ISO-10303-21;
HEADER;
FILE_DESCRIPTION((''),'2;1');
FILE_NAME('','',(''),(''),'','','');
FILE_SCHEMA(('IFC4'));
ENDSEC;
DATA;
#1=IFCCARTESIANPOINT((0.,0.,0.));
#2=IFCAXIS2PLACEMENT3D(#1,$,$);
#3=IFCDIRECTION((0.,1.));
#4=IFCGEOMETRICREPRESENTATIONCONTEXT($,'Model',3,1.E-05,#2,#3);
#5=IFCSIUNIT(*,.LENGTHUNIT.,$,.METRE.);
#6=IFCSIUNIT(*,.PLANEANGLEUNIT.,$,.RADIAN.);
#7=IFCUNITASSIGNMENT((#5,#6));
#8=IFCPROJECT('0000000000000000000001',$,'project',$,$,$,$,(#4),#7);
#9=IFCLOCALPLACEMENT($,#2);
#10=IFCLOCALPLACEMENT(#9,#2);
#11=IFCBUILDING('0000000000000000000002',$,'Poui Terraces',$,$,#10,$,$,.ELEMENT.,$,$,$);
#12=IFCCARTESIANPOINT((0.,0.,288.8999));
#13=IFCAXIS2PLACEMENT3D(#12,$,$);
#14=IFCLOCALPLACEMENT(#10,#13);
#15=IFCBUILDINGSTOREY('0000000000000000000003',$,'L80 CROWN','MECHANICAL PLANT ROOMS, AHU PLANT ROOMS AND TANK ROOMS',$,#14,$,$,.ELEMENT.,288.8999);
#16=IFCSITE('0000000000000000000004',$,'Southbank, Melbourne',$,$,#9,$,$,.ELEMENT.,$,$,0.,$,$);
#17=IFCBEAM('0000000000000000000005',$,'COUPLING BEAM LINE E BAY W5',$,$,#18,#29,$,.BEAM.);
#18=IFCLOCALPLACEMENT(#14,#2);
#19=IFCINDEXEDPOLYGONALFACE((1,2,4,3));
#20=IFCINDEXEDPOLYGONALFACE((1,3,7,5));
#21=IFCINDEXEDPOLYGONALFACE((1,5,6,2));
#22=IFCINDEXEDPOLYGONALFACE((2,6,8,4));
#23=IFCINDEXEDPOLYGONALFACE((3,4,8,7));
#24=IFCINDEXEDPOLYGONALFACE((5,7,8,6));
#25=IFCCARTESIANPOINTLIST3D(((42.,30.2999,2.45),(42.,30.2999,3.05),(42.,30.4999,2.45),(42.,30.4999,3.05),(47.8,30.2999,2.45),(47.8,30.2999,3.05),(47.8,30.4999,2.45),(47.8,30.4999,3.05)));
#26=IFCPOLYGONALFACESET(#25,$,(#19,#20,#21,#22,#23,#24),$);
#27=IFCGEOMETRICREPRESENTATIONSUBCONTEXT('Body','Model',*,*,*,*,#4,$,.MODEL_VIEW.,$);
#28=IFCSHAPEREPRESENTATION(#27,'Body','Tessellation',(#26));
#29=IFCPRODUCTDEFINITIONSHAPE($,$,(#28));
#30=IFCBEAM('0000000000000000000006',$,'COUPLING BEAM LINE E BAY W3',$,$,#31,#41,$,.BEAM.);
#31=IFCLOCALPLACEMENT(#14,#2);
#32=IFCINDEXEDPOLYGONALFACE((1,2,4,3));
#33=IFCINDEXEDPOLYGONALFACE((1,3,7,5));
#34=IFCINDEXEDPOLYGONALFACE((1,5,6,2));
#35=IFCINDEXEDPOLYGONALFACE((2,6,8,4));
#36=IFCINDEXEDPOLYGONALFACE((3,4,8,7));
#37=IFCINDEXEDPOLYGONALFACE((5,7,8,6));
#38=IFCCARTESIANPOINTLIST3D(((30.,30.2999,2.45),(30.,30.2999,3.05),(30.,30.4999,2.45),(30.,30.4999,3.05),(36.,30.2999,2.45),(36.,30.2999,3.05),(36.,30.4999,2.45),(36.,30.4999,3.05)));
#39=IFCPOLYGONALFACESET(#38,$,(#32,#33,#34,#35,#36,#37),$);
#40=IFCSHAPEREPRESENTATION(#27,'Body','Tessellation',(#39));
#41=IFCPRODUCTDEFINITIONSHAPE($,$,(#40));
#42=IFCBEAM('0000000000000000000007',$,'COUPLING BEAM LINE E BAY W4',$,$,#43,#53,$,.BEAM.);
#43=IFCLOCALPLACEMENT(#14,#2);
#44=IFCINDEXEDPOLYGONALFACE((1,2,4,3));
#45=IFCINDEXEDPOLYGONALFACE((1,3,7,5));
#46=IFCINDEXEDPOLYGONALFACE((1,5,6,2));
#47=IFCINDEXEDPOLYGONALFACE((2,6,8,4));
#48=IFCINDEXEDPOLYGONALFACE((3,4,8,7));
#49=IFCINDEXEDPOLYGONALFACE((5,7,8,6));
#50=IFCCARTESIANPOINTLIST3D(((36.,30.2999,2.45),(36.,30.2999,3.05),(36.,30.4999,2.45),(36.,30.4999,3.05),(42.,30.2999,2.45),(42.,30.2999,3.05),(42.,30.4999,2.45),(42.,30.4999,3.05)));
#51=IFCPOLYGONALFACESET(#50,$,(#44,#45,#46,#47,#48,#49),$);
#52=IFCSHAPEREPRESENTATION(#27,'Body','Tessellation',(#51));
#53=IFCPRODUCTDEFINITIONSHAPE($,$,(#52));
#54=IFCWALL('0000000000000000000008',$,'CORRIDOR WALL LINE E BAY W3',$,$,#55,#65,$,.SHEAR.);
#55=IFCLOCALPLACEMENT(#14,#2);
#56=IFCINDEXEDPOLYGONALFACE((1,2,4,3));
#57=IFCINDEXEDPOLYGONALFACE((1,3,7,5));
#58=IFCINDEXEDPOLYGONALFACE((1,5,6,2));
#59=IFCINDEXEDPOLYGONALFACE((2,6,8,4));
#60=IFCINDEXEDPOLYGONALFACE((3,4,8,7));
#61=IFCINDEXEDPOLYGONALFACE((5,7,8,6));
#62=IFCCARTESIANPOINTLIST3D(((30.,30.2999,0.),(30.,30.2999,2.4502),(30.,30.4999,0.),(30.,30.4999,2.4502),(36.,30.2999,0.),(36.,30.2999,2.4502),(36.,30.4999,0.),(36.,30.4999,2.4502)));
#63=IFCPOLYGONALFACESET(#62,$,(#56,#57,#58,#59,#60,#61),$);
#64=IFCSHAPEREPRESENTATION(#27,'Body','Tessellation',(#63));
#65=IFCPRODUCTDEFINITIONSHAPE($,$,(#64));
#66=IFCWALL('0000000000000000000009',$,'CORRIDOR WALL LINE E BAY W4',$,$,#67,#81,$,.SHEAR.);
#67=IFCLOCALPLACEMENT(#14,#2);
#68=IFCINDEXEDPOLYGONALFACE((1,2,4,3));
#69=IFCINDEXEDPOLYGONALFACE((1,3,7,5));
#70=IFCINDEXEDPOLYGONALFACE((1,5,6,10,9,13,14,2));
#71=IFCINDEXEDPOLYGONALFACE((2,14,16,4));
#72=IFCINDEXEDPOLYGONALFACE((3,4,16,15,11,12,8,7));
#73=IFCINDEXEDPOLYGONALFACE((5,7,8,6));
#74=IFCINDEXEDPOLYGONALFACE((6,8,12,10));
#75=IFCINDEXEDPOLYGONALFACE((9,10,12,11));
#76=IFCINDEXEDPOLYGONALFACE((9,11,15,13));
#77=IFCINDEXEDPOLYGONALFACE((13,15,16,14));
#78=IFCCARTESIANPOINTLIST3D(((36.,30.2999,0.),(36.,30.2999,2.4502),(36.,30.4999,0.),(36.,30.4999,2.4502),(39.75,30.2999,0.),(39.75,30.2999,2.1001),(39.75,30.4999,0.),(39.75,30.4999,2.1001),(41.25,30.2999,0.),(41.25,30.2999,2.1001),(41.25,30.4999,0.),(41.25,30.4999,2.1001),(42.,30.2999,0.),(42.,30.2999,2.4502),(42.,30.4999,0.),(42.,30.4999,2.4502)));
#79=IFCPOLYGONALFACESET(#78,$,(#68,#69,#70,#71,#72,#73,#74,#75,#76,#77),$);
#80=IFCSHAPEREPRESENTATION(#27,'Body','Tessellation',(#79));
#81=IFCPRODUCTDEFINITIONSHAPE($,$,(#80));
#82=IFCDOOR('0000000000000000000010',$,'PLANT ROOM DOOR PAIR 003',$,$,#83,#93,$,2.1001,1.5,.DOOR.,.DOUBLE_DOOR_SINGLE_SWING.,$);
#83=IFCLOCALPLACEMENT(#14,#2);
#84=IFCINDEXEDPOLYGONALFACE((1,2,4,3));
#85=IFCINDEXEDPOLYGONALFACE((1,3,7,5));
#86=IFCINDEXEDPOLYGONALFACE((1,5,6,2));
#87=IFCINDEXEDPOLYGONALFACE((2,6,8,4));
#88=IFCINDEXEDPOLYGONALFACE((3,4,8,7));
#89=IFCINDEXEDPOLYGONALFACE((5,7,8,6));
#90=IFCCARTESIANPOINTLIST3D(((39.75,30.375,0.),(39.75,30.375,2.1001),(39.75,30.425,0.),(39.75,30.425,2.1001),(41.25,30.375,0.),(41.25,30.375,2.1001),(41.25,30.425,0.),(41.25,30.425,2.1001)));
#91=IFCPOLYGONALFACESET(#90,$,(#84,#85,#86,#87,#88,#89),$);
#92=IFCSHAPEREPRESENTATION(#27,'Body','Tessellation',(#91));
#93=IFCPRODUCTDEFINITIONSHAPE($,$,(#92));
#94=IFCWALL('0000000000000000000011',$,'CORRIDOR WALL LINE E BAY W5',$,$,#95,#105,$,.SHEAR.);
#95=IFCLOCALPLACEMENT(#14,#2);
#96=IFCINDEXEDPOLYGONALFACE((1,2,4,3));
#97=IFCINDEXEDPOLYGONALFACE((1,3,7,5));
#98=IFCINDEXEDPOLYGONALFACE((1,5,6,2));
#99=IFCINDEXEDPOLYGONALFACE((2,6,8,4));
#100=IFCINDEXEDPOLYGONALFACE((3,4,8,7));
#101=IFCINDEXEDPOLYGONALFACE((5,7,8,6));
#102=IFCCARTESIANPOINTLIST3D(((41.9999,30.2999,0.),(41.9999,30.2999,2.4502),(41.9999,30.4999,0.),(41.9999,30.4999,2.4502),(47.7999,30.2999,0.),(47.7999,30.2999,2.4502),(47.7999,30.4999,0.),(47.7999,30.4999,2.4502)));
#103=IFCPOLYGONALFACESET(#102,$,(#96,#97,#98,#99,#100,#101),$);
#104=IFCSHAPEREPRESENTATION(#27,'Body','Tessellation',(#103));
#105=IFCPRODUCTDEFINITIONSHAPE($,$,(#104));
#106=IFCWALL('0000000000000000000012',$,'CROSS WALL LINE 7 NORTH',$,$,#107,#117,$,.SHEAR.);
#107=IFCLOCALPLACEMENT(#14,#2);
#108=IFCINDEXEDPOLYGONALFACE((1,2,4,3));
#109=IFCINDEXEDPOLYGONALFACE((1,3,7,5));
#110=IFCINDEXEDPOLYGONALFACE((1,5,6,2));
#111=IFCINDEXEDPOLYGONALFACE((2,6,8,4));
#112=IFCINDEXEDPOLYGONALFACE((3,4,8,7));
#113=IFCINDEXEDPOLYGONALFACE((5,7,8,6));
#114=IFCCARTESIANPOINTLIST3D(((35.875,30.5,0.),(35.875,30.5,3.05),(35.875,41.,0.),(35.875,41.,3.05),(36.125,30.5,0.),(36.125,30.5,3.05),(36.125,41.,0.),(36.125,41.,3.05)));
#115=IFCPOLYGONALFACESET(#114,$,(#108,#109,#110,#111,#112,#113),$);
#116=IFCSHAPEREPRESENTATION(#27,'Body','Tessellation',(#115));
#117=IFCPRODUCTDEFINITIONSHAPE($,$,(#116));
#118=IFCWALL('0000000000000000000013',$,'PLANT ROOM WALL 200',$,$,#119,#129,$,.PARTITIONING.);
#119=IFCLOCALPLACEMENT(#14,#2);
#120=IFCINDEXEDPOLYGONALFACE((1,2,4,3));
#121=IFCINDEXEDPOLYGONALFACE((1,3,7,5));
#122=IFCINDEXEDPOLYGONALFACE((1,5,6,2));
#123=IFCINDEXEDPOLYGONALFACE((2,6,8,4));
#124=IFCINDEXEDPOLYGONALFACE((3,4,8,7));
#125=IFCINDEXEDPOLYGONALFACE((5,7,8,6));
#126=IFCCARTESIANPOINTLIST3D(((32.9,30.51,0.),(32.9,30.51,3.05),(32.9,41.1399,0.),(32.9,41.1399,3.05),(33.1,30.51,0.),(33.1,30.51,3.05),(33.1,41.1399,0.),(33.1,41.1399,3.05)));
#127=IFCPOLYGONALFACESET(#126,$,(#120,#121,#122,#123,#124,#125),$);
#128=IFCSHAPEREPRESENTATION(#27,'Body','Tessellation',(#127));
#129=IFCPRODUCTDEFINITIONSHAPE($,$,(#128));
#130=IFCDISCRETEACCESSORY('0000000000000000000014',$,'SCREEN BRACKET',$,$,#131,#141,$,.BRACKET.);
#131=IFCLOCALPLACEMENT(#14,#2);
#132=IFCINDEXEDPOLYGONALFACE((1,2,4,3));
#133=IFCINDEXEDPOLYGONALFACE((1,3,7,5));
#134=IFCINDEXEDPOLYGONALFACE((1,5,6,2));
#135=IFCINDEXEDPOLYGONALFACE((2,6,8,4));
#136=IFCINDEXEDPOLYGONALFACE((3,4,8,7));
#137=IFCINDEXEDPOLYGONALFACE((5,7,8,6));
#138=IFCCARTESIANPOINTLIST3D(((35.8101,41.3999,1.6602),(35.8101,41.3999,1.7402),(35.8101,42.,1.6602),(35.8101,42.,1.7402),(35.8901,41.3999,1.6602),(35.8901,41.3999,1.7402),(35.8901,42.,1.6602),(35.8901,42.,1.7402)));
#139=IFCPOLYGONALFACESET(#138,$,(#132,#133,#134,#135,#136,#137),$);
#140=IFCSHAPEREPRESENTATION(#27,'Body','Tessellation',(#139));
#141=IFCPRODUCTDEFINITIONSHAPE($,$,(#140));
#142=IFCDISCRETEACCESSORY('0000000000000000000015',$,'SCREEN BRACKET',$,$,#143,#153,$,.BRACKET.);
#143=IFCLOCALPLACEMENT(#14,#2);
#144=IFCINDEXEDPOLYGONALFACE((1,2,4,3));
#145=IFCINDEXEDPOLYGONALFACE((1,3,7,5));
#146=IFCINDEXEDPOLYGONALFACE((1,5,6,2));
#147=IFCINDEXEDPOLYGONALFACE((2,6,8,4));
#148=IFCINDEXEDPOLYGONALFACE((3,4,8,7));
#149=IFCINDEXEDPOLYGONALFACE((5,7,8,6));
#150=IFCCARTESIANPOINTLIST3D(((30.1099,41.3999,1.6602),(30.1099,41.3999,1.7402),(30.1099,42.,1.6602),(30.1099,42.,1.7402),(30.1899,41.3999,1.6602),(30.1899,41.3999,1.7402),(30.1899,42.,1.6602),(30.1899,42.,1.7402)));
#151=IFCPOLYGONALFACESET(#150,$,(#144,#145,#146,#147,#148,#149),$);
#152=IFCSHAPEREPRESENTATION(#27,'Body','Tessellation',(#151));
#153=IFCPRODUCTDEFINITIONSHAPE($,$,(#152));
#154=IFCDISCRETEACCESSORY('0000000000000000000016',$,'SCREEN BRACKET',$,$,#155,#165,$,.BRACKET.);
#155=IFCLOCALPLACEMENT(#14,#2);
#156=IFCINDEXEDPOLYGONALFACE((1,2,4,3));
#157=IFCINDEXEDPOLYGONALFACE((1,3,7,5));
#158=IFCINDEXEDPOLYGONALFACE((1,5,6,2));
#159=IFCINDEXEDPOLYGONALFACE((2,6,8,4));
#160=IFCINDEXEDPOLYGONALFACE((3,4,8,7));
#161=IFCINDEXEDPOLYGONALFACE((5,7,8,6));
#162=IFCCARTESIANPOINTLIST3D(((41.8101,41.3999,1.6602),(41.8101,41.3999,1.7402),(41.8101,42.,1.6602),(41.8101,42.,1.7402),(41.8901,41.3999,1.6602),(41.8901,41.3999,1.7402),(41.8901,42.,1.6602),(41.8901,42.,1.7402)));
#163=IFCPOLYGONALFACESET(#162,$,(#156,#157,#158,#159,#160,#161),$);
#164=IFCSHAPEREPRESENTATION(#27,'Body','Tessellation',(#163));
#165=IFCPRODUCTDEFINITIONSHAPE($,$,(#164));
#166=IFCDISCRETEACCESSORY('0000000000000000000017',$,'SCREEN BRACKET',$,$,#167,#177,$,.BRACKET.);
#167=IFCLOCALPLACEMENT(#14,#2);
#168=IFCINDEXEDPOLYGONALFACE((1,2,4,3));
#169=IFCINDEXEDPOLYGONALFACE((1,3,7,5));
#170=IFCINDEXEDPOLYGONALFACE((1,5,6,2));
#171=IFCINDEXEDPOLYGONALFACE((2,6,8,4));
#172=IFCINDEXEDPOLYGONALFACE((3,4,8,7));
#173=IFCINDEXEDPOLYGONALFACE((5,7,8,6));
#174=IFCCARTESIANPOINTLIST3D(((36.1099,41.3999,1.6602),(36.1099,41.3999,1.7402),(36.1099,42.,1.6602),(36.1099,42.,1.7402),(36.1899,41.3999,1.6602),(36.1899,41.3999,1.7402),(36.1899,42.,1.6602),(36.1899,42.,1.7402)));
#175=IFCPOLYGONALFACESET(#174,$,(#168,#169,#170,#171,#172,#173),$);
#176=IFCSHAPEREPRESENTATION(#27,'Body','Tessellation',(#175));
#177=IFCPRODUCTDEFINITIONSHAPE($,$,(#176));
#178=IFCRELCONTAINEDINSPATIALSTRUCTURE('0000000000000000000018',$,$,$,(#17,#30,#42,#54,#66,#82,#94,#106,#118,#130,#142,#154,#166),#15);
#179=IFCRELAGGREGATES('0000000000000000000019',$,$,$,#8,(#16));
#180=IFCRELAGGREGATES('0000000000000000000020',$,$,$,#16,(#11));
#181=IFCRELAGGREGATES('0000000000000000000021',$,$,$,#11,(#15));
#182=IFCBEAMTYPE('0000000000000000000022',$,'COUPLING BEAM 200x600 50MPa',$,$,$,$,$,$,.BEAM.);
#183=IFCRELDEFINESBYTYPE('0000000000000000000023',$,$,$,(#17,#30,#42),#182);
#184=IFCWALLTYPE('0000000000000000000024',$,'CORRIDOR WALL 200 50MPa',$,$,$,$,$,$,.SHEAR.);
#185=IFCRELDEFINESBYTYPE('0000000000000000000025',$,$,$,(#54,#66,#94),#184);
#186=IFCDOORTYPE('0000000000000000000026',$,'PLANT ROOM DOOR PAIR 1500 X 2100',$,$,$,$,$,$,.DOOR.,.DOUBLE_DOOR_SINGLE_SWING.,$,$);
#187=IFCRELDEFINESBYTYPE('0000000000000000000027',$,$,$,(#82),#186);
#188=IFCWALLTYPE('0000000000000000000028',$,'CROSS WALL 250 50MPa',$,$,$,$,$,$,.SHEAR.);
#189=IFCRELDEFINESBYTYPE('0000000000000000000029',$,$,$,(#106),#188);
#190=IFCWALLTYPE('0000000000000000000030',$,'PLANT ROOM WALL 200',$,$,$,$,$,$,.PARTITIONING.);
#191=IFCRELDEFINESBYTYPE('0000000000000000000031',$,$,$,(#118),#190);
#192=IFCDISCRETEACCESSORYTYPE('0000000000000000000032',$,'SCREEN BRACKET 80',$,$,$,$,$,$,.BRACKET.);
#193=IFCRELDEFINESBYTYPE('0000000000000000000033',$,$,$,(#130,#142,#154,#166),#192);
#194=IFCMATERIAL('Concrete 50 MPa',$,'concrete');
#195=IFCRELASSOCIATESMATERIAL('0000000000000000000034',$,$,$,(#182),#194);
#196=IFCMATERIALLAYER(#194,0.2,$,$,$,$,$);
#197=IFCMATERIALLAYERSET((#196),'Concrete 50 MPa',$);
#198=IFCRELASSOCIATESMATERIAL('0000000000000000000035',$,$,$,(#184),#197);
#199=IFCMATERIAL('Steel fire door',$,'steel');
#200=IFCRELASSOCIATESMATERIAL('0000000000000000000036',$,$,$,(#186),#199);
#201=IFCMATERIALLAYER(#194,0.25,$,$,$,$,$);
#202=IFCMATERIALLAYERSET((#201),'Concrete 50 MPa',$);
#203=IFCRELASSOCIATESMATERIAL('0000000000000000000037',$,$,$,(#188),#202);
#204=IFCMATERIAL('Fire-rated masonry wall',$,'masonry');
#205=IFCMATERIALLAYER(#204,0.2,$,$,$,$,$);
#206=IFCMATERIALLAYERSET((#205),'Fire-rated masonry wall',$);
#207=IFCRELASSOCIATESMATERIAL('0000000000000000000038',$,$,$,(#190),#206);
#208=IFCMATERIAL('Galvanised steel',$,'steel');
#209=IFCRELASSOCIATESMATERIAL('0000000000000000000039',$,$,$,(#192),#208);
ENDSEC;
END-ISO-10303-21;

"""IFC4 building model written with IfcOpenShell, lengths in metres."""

from ifc_helpers import new_model, si_unit, direction, frame, frame_2d, origin, origin_2d, place, context, subcontext, project, spatial, rectangle, extrude, source, transform, mapped, material, layer, layer_set, material_profile, profile_set, type_object, element, fill, save


model = new_model("IFC4")

# Units and contexts
model_context = context("Model", 3, precision=1e-05, world=origin(), true_north=direction((0.0, 1.0)))
body_context = subcontext(model_context, "Body", "Model", "MODEL_VIEW")
ifc_project = project(units=[si_unit("LENGTHUNIT", "METRE"), si_unit("PLANEANGLEUNIT", "RADIAN")], contexts=[model_context])

# Site, building, storey
site_placement = place(None, origin())
site = spatial("IfcSite", under=ifc_project, at=site_placement, Name="Southbank, Melbourne", CompositionType="ELEMENT", RefElevation=0.0)
building_placement = place(site_placement, origin())
building = spatial("IfcBuilding", under=site, at=building_placement, Name="Poui Terraces", CompositionType="ELEMENT")
storey_placement = place(building_placement, frame((0.0, 0.0, 288.8999)))
storey = spatial("IfcBuildingStorey", under=building, at=storey_placement, Name="L80 CROWN", Description="MECHANICAL PLANT ROOMS, AHU PLANT ROOMS AND TANK ROOMS", CompositionType="ELEMENT", Elevation=288.8999)

# Beams
ifc_material_1 = material(Name="Concrete 50 MPa", Category="concrete")
ifc_material_profile_1 = material_profile(ifc_material_1, rectangle(XDim=0.2, YDim=0.6001, at=origin_2d()), Name="RC 200x600")
ifc_profile_set_1 = profile_set([ifc_material_profile_1], Name="Concrete 50 MPa")
beam_type = type_object("IfcBeamType", Name="COUPLING BEAM 200x600 50MPa", PredefinedType="BEAM", material=ifc_profile_set_1)
shared_shape_1 = source(origin(), body_context, "Body", "SweptSolid", [
    extrude(rectangle(XDim=0.2, YDim=0.6001, at=origin_2d()), origin(), (0.0, 0.0, 1.0), 5.8),
])
beam_placement = place(storey_placement, frame((42.0, 30.3999, 2.75), z_axis=(1.0, 0.0, 0.0), x_axis=(0.0, 1.0, 0.0)))
element("IfcBeam", 1, at=beam_placement, inside=storey, type_object=beam_type, Name="COUPLING BEAM LINE E BAY W5", PredefinedType="BEAM", context=body_context, shape_type="MappedRepresentation", body=[
    mapped(shared_shape_1, transform((0.0, 0.0, 0.0))),
])
shared_shape_2 = source(origin(), body_context, "Body", "SweptSolid", [
    extrude(rectangle(XDim=0.2, YDim=0.6001, at=origin_2d()), origin(), (0.0, 0.0, 1.0), 6.0),
])
for number, where, z_axis, x_axis, name in (
    (2, (30.0, 30.3999, 2.75), (1.0, 0.0, 0.0), (0.0, 1.0, 0.0), "COUPLING BEAM LINE E BAY W3"),
    (3, (36.0, 30.3999, 2.75), (1.0, 0.0, 0.0), (0.0, 1.0, 0.0), "COUPLING BEAM LINE E BAY W4"),
):
    element("IfcBeam", number, at=place(storey_placement, frame(where, z_axis=z_axis, x_axis=x_axis)), inside=storey, type_object=beam_type, Name=name, PredefinedType="BEAM", context=body_context, shape_type="MappedRepresentation", body=[
        mapped(shared_shape_2, transform((0.0, 0.0, 0.0))),
    ])

# Wall
ifc_layer_1 = layer(ifc_material_1, 0.2)
ifc_layer_set_1 = layer_set([ifc_layer_1], Name="Concrete 50 MPa")
wall_type_1 = type_object("IfcWallType", Name="CORRIDOR WALL 200 50MPa", PredefinedType="SHEAR", material=ifc_layer_set_1)
wall_1_placement = place(storey_placement, frame((30.0, 30.3999, 0.0), z_axis=(0.0, 0.0, 1.0), x_axis=(1.0, 0.0, 0.0)))
element("IfcWall", 4, at=wall_1_placement, inside=storey, type_object=wall_type_1, Name="CORRIDOR WALL LINE E BAY W3", PredefinedType="SHEAR", context=body_context, shape_type="SweptSolid", body=[
    extrude(rectangle(XDim=6.0, YDim=0.2, at=frame_2d((3.0, 0.0))), origin(), (0.0, 0.0, 1.0), 2.4502),
])

# Wall, opening, door
wall_2_placement = place(storey_placement, frame((36.0, 30.3999, 0.0), z_axis=(0.0, 0.0, 1.0), x_axis=(1.0, 0.0, 0.0)))
wall_2 = element("IfcWall", 5, at=wall_2_placement, inside=storey, type_object=wall_type_1, Name="CORRIDOR WALL LINE E BAY W4", PredefinedType="SHEAR", context=body_context, shape_type="SweptSolid", body=[
    extrude(rectangle(XDim=6.0, YDim=0.2, at=frame_2d((3.0, 0.0))), origin(), (0.0, 0.0, 1.0), 2.4502),
])
opening_placement = place(wall_2_placement, frame((3.75, 0.0, 0.0)))
opening = element("IfcOpeningElement", 6, at=opening_placement, cuts=wall_2, PredefinedType="OPENING", context=body_context, shape_type="SweptSolid", body=[
    extrude(rectangle(XDim=1.5, YDim=2.1001, at=frame_2d((0.75, 1.05))), frame((0.0, 0.1099, 0.0), z_axis=(0.0, -1.0, 0.0), x_axis=(1.0, 0.0, 0.0)), (0.0, 0.0, 1.0), 0.22),
])
ifc_material_2 = material(Name="Steel fire door", Category="steel")
door_type = type_object("IfcDoorType", Name="PLANT ROOM DOOR PAIR 1500 X 2100", OperationType="DOUBLE_DOOR_SINGLE_SWING", PredefinedType="DOOR", material=ifc_material_2)
door_placement = place(opening_placement, frame((1.5, 0.0, 0.0), z_axis=(0.0, 0.0, 1.0), x_axis=(-1.0, 0.0, 0.0)))
door = element("IfcDoor", 7, at=door_placement, inside=storey, type_object=door_type, Name="PLANT ROOM DOOR PAIR 003", OperationType="DOUBLE_DOOR_SINGLE_SWING", OverallHeight=2.1001, OverallWidth=1.5, PredefinedType="DOOR", context=body_context, shape_type="SweptSolid", body=[
    extrude(rectangle(XDim=1.5, YDim=2.1001, at=frame_2d((0.75, 1.05))), frame((0.0, 0.0249, 0.0), z_axis=(0.0, -1.0, 0.0), x_axis=(1.0, 0.0, 0.0)), (0.0, 0.0, 1.0), 0.05),
])
fill(opening, door)

# Walls
wall_3_placement = place(storey_placement, frame((42.0, 30.3999, 0.0), z_axis=(0.0, 0.0, 1.0), x_axis=(1.0, 0.0, 0.0)))
element("IfcWall", 8, at=wall_3_placement, inside=storey, type_object=wall_type_1, Name="CORRIDOR WALL LINE E BAY W5", PredefinedType="SHEAR", context=body_context, shape_type="SweptSolid", body=[
    extrude(rectangle(XDim=5.8, YDim=0.2, at=frame_2d((2.8999, 0.0))), origin(), (0.0, 0.0, 1.0), 2.4502),
])
ifc_layer_2 = layer(ifc_material_1, 0.25)
ifc_layer_set_2 = layer_set([ifc_layer_2], Name="Concrete 50 MPa")
wall_type_2 = type_object("IfcWallType", Name="CROSS WALL 250 50MPa", PredefinedType="SHEAR", material=ifc_layer_set_2)
wall_4_placement = place(storey_placement, frame((36.0, 30.5, 0.0), z_axis=(0.0, 0.0, 1.0), x_axis=(0.0, 1.0, 0.0)))
element("IfcWall", 9, at=wall_4_placement, inside=storey, type_object=wall_type_2, Name="CROSS WALL LINE 7 NORTH", PredefinedType="SHEAR", context=body_context, shape_type="SweptSolid", body=[
    extrude(rectangle(XDim=10.5, YDim=0.25, at=frame_2d((5.25, 0.0))), origin(), (0.0, 0.0, 1.0), 3.05),
])
ifc_material_3 = material(Name="Fire-rated masonry wall", Category="masonry")
ifc_layer_3 = layer(ifc_material_3, 0.2)
ifc_layer_set_3 = layer_set([ifc_layer_3], Name="Fire-rated masonry wall")
wall_type_3 = type_object("IfcWallType", Name="PLANT ROOM WALL 200", PredefinedType="PARTITIONING", material=ifc_layer_set_3)
wall_5_placement = place(storey_placement, frame((33.0, 30.51, 0.0), z_axis=(0.0, 0.0, 1.0), x_axis=(0.0, 1.0, 0.0)))
element("IfcWall", 10, at=wall_5_placement, inside=storey, type_object=wall_type_3, Name="PLANT ROOM WALL 200", PredefinedType="PARTITIONING", context=body_context, shape_type="SweptSolid", body=[
    extrude(rectangle(XDim=10.6299, YDim=0.2, at=frame_2d((5.3149, 0.0))), origin(), (0.0, 0.0, 1.0), 3.05),
])

# Discrete accessories
ifc_material_4 = material(Name="Galvanised steel", Category="steel")
ifc_material_profile_2 = material_profile(ifc_material_4, rectangle(XDim=0.0801, YDim=0.0801, at=origin_2d()), Name="SCREEN BRACKET 80")
ifc_profile_set_2 = profile_set([ifc_material_profile_2], Name="Galvanised steel")
discrete_accessory_type = type_object("IfcDiscreteAccessoryType", Name="SCREEN BRACKET 80", PredefinedType="BRACKET", material=ifc_profile_set_2)
shared_shape_3 = source(origin(), body_context, "Body", "SweptSolid", [
    extrude(rectangle(XDim=0.0801, YDim=0.0801, at=origin_2d()), origin(), (0.0, 0.0, 1.0), 0.6001),
])
for number, where, z_axis, x_axis, name in (
    (11, (35.8501, 41.3999, 1.7002), (0.0, 1.0, 0.0), (-1.0, 0.0, 0.0), "SCREEN BRACKET"),
    (12, (30.1499, 41.3999, 1.7002), (0.0, 1.0, 0.0), (-1.0, 0.0, 0.0), "SCREEN BRACKET"),
    (13, (41.8501, 41.3999, 1.7002), (0.0, 1.0, 0.0), (-1.0, 0.0, 0.0), "SCREEN BRACKET"),
    (14, (36.1499, 41.3999, 1.7002), (0.0, 1.0, 0.0), (-1.0, 0.0, 0.0), "SCREEN BRACKET"),
):
    element("IfcDiscreteAccessory", number, at=place(storey_placement, frame(where, z_axis=z_axis, x_axis=x_axis)), inside=storey, type_object=discrete_accessory_type, Name=name, PredefinedType="BRACKET", context=body_context, shape_type="MappedRepresentation", body=[
        mapped(shared_shape_3, transform((0.0, 0.0, 0.0))),
    ])

save(model, "model.ifc")
